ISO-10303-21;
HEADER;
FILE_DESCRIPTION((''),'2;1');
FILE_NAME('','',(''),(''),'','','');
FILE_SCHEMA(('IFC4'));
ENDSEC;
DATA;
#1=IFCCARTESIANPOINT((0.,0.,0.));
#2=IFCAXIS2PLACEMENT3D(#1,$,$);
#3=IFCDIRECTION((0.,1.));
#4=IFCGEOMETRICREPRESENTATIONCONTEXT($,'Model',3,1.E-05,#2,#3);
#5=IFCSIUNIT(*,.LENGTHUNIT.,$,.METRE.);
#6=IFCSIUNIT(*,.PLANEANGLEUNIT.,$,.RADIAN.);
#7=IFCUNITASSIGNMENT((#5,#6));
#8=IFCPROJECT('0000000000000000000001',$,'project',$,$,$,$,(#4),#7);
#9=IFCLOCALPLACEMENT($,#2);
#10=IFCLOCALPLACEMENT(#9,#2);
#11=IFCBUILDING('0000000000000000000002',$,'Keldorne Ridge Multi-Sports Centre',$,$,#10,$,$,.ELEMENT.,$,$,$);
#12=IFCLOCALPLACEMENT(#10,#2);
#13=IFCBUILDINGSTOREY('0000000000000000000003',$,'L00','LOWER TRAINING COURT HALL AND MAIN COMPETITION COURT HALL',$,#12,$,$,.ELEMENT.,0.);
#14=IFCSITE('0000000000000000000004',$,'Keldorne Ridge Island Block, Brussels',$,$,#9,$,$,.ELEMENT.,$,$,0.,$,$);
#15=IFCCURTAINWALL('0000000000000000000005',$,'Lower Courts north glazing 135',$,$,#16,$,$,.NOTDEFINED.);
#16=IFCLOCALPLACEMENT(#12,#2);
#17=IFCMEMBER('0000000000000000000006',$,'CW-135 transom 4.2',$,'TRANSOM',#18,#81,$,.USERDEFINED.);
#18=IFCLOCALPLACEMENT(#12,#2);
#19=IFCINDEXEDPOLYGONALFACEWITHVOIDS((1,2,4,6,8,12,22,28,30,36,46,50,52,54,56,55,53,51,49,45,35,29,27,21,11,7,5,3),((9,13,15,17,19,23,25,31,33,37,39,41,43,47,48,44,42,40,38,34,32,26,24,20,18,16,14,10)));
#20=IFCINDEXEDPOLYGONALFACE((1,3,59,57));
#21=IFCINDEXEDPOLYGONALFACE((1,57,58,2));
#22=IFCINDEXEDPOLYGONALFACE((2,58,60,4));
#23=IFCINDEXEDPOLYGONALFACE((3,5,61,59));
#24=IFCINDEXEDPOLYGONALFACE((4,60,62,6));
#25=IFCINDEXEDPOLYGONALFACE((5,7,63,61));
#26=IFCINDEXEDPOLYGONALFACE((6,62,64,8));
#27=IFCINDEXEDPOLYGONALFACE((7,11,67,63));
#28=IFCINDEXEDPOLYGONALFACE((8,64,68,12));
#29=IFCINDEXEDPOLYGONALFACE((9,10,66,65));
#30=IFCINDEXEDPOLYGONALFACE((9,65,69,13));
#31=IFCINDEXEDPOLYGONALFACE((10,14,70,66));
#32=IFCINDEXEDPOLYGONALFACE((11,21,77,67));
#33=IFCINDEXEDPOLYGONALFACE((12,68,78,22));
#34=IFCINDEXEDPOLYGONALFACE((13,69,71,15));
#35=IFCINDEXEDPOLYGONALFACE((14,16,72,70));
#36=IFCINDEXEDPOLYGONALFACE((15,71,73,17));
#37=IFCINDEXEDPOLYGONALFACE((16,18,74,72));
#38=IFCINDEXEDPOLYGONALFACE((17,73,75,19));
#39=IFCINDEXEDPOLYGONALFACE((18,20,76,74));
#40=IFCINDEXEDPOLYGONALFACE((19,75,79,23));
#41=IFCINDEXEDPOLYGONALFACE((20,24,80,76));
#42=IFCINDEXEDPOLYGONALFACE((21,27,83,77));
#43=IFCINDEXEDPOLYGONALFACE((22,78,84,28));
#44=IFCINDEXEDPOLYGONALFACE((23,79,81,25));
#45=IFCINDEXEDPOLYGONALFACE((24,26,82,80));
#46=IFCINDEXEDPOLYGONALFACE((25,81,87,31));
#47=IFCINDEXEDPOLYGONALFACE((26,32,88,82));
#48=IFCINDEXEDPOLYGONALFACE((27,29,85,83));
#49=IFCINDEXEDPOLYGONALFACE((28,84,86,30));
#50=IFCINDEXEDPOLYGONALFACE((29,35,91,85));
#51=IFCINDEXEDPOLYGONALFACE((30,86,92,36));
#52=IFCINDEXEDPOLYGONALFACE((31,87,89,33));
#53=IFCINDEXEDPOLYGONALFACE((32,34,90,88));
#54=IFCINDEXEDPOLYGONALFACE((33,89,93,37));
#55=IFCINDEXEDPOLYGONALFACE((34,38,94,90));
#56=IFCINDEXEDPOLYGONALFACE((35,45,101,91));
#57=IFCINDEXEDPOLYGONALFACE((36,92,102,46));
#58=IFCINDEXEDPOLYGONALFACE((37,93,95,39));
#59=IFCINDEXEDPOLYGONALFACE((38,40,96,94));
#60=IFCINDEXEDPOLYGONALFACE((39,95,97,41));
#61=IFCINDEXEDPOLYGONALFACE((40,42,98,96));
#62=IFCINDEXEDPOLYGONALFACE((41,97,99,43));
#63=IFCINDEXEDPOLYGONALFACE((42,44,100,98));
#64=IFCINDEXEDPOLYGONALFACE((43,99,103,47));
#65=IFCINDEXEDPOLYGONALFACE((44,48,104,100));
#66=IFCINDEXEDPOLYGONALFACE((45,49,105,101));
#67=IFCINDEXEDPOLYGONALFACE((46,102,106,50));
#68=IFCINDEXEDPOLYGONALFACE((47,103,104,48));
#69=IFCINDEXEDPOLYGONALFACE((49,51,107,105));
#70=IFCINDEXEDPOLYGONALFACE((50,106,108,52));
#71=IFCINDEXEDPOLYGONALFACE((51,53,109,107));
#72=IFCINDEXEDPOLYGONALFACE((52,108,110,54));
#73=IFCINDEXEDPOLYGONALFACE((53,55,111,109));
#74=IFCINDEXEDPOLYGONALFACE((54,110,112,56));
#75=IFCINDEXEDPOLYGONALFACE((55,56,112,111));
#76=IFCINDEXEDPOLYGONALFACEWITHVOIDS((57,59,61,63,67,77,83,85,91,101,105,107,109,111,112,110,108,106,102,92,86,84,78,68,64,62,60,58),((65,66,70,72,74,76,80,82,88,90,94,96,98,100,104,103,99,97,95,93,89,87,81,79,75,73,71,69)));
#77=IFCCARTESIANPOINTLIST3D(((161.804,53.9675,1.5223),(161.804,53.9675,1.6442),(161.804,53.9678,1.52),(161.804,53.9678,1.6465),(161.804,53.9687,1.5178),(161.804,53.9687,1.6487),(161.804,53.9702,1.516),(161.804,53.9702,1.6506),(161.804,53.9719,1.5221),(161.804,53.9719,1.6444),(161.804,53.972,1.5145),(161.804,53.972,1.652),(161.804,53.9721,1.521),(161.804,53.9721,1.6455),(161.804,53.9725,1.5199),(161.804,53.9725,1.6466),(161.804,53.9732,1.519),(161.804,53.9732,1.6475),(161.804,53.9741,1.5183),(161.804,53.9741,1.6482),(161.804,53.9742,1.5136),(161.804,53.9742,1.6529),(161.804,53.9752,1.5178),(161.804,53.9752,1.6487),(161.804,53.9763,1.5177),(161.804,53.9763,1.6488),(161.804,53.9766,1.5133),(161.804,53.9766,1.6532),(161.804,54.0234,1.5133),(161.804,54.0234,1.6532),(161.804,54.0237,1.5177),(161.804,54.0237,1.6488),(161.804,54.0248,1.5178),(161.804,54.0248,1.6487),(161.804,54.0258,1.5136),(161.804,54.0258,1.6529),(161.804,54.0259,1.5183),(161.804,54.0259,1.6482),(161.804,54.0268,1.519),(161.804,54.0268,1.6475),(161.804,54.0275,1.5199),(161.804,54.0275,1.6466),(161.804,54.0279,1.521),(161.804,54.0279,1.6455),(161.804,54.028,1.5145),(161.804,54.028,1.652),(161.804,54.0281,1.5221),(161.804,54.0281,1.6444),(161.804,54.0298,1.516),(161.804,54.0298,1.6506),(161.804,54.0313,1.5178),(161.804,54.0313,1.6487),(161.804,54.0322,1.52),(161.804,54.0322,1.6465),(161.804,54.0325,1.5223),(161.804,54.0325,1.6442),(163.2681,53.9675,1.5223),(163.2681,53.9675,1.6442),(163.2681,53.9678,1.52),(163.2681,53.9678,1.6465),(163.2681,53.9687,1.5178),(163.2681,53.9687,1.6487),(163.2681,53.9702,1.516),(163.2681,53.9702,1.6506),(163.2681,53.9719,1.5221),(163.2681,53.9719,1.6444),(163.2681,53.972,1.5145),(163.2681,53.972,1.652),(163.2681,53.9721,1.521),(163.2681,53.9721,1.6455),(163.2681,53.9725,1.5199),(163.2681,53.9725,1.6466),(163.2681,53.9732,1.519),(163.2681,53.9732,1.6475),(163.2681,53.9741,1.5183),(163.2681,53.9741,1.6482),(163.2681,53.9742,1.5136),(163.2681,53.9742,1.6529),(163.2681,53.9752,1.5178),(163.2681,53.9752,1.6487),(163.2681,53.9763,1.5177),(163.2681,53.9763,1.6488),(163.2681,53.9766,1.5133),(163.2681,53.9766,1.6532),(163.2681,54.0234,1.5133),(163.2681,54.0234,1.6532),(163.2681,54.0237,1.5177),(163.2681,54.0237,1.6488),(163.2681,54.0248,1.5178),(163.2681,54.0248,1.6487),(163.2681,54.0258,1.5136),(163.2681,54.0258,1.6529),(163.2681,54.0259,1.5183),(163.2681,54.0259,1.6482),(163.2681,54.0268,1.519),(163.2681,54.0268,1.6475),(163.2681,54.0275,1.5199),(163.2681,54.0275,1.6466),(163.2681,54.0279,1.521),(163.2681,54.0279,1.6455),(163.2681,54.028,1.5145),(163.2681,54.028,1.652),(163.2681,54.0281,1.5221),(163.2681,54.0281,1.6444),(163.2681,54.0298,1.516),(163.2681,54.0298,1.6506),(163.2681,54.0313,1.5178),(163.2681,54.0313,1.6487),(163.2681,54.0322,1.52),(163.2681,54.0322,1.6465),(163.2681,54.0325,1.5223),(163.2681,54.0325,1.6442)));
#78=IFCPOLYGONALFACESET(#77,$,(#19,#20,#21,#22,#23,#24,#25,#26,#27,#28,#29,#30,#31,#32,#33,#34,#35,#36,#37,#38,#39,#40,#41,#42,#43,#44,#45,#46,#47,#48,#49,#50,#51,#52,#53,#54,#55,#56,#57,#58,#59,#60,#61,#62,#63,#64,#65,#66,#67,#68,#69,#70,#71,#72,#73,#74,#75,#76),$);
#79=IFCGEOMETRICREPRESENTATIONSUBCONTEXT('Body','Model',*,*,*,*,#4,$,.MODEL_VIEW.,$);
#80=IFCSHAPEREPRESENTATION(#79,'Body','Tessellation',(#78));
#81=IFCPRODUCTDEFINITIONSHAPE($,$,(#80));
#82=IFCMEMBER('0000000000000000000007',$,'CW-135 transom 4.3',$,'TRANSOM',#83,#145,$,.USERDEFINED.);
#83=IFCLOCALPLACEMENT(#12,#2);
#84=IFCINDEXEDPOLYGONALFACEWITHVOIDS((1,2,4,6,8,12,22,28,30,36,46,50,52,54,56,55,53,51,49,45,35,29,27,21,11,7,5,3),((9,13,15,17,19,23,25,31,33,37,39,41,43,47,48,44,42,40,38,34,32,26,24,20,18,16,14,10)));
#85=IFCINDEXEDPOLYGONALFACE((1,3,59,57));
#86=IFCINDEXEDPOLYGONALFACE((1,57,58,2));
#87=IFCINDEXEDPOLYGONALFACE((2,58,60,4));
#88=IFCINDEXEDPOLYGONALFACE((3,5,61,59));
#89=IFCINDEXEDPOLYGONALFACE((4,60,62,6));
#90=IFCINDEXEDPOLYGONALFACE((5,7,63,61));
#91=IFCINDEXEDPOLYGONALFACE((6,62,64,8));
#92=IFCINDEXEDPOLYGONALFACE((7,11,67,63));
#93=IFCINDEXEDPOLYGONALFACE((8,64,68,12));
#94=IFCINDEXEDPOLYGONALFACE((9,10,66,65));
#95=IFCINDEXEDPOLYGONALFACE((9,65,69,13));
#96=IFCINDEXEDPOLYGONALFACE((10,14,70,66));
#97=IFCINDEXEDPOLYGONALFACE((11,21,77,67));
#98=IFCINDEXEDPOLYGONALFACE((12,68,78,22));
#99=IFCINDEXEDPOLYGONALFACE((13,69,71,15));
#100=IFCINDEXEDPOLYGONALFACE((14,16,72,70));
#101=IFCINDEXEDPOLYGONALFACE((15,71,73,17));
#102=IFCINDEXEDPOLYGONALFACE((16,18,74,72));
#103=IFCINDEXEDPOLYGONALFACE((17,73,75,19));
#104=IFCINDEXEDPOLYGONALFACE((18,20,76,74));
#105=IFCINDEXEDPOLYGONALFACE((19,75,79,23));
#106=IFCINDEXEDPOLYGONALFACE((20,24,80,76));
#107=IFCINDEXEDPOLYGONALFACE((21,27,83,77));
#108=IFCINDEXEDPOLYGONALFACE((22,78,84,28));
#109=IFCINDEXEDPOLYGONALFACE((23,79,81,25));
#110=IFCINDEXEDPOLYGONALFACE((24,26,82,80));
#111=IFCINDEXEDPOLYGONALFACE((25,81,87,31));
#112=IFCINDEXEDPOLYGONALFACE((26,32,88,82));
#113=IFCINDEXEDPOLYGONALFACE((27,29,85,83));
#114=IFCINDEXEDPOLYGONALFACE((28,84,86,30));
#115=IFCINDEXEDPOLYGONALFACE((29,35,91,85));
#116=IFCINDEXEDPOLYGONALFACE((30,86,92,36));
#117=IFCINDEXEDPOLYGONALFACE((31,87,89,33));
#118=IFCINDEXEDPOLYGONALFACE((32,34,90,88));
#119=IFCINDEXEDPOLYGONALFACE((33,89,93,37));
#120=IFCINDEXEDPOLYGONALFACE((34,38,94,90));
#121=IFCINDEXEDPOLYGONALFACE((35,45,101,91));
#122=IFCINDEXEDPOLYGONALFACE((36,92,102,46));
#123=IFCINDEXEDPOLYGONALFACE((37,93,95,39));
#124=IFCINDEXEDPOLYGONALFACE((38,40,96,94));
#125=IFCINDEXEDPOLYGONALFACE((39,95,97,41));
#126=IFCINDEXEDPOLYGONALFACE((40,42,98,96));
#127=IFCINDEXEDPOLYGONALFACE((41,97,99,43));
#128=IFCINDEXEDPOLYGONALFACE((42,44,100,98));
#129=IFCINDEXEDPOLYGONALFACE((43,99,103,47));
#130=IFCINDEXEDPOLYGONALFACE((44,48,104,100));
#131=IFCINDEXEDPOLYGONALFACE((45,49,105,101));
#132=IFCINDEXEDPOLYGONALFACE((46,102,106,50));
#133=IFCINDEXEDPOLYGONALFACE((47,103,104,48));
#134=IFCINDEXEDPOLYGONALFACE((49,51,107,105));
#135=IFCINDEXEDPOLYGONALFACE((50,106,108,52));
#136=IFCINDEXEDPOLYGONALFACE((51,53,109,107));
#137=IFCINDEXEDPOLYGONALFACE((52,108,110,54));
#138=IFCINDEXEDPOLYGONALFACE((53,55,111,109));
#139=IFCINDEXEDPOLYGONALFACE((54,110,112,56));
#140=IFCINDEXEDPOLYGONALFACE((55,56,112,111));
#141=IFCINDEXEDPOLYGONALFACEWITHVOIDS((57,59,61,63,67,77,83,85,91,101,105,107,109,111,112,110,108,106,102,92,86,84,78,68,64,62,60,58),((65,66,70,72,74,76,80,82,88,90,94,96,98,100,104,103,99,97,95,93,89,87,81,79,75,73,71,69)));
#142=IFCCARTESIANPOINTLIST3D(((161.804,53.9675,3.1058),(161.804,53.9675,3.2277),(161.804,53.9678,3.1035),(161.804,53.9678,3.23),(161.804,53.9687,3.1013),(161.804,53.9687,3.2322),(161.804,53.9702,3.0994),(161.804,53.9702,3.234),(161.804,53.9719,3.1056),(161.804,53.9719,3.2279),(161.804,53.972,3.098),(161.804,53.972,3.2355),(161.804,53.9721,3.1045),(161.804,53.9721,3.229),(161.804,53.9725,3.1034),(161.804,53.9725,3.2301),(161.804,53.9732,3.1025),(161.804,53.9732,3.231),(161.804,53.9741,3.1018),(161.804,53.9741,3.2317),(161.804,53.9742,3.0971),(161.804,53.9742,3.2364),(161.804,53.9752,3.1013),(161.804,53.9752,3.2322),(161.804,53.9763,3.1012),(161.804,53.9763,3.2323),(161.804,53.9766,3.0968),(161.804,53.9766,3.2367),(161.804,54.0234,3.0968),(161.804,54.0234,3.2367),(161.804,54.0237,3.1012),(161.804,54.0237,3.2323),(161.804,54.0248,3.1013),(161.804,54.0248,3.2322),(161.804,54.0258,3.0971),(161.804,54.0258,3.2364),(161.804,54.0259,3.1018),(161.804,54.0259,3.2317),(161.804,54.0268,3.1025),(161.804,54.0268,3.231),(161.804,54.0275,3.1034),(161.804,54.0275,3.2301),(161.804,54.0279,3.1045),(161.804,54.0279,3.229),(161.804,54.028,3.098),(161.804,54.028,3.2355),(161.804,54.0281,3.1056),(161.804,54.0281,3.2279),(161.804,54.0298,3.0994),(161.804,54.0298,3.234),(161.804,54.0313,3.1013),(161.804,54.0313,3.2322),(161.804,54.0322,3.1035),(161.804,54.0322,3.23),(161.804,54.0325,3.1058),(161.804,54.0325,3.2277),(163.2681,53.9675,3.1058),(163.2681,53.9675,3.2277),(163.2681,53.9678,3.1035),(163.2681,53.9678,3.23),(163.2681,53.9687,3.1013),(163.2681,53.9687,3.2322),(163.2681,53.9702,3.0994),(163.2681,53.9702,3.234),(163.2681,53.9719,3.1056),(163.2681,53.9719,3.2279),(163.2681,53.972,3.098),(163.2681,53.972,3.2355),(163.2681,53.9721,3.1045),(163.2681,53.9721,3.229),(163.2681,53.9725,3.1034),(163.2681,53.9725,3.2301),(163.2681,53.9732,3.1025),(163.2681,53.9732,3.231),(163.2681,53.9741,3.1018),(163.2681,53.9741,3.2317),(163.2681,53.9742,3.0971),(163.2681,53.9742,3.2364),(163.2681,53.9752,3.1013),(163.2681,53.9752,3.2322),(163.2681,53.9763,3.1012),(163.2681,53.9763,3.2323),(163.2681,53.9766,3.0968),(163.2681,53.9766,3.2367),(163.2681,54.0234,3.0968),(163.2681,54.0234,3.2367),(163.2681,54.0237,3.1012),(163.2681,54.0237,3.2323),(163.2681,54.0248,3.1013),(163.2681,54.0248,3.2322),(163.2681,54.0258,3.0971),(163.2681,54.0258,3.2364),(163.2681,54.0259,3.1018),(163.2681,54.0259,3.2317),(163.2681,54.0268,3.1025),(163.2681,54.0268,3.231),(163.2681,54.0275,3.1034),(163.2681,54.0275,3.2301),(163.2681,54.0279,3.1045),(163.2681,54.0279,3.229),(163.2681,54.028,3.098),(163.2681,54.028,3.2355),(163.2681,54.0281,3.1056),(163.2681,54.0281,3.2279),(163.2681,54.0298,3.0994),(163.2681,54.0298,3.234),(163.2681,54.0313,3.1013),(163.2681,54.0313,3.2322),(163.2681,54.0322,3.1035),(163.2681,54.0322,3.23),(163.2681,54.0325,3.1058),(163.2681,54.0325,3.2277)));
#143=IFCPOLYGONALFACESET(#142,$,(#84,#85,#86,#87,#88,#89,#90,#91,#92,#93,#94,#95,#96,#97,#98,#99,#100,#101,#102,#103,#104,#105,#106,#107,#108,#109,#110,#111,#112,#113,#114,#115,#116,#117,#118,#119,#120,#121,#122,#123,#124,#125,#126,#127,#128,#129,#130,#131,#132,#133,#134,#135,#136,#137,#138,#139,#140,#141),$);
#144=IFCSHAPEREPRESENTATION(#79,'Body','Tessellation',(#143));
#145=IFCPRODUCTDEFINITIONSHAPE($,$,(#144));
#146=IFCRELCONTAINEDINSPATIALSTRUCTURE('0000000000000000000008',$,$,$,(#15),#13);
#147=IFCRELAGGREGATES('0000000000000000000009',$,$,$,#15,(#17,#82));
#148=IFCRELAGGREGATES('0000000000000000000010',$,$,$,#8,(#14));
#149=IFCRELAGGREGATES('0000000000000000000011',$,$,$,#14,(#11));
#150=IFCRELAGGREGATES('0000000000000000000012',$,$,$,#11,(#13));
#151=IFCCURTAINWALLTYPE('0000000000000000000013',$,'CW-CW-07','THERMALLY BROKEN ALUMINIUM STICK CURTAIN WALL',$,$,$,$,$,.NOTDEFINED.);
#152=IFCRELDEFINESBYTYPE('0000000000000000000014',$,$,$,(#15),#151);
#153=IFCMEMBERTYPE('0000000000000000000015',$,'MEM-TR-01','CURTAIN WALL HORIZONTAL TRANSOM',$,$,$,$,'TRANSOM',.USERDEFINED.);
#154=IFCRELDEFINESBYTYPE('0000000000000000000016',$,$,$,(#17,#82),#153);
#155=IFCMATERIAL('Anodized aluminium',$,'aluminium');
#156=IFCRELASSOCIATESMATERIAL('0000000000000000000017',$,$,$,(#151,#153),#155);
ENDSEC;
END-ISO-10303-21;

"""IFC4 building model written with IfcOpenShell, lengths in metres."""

from ifc_helpers import new_model, si_unit, direction, frame, origin, origin_2d, place, context, subcontext, project, spatial, hollow_rectangle, extrude, material, material_profile, profile_set, type_object, element, aggregate, save


model = new_model("IFC4")

# Units and contexts
model_context = context("Model", 3, precision=1e-05, world=origin(), true_north=direction((0.0, 1.0)))
body_context = subcontext(model_context, "Body", "Model", "MODEL_VIEW")
ifc_project = project(units=[si_unit("LENGTHUNIT", "METRE"), si_unit("PLANEANGLEUNIT", "RADIAN")], contexts=[model_context])

# Site, building, storey
site_placement = place(None, origin())
site = spatial("IfcSite", under=ifc_project, at=site_placement, Name="Keldorne Ridge Island Block, Brussels", CompositionType="ELEMENT", RefElevation=0.0)
building_placement = place(site_placement, origin())
building = spatial("IfcBuilding", under=site, at=building_placement, Name="Keldorne Ridge Multi-Sports Centre", CompositionType="ELEMENT")
storey_placement = place(building_placement, origin())
storey = spatial("IfcBuildingStorey", under=building, at=storey_placement, Name="L00", Description="LOWER TRAINING COURT HALL AND MAIN COMPETITION COURT HALL", CompositionType="ELEMENT", Elevation=0.0)

# Curtain wall, members
ifc_material_1 = material(Name="Anodized aluminium", Category="aluminium")
curtain_wall_type = type_object("IfcCurtainWallType", Name="CW-CW-07", Description="THERMALLY BROKEN ALUMINIUM STICK CURTAIN WALL", PredefinedType="NOTDEFINED", material=ifc_material_1)
curtain_wall_placement = place(storey_placement, origin())
curtain_wall = element("IfcCurtainWall", 1, at=curtain_wall_placement, inside=storey, type_object=curtain_wall_type, Name="Lower Courts north glazing 135", PredefinedType="NOTDEFINED")
ifc_material_profile_1 = material_profile(ifc_material_1, hollow_rectangle(XDim=0.0649, YDim=0.1399, WallThickness=0.0044, InnerFilletRadius=0.0044, OuterFilletRadius=0.009, at=origin_2d()), Name="ALU TRANSOM 140x65x4.5")
ifc_profile_set_1 = profile_set([ifc_material_profile_1], Name="Anodized aluminium")
member_type_1 = type_object("IfcMemberType", Name="MEM-TR-01", Description="CURTAIN WALL HORIZONTAL TRANSOM", ElementType="TRANSOM", PredefinedType="USERDEFINED", material=ifc_profile_set_1)
member_1_placement = place(storey_placement, frame((163.2681, 54.0, 1.5833), z_axis=(-1.0, 0.0, 0.0), x_axis=(0.0, -1.0, 0.0)))
member_1 = element("IfcMember", 2, at=member_1_placement, type_object=member_type_1, Name="CW-135 transom 4.2", ObjectType="TRANSOM", PredefinedType="USERDEFINED", context=body_context, shape_type="SweptSolid", body=[
    extrude(hollow_rectangle(XDim=0.0649, YDim=0.1399, WallThickness=0.0044, InnerFilletRadius=0.0044, OuterFilletRadius=0.009, at=origin_2d()), origin(), (0.0, 0.0, 1.0), 1.4641),
])
member_2_placement = place(storey_placement, frame((163.2681, 54.0, 3.1667), z_axis=(-1.0, 0.0, 0.0), x_axis=(0.0, -1.0, 0.0)))
member_2 = element("IfcMember", 3, at=member_2_placement, type_object=member_type_1, Name="CW-135 transom 4.3", ObjectType="TRANSOM", PredefinedType="USERDEFINED", context=body_context, shape_type="SweptSolid", body=[
    extrude(hollow_rectangle(XDim=0.0649, YDim=0.1399, WallThickness=0.0044, InnerFilletRadius=0.0044, OuterFilletRadius=0.009, at=origin_2d()), origin(), (0.0, 0.0, 1.0), 1.4641),
])
aggregate(curtain_wall, [member_1, member_2])

save(model, "model.ifc")
